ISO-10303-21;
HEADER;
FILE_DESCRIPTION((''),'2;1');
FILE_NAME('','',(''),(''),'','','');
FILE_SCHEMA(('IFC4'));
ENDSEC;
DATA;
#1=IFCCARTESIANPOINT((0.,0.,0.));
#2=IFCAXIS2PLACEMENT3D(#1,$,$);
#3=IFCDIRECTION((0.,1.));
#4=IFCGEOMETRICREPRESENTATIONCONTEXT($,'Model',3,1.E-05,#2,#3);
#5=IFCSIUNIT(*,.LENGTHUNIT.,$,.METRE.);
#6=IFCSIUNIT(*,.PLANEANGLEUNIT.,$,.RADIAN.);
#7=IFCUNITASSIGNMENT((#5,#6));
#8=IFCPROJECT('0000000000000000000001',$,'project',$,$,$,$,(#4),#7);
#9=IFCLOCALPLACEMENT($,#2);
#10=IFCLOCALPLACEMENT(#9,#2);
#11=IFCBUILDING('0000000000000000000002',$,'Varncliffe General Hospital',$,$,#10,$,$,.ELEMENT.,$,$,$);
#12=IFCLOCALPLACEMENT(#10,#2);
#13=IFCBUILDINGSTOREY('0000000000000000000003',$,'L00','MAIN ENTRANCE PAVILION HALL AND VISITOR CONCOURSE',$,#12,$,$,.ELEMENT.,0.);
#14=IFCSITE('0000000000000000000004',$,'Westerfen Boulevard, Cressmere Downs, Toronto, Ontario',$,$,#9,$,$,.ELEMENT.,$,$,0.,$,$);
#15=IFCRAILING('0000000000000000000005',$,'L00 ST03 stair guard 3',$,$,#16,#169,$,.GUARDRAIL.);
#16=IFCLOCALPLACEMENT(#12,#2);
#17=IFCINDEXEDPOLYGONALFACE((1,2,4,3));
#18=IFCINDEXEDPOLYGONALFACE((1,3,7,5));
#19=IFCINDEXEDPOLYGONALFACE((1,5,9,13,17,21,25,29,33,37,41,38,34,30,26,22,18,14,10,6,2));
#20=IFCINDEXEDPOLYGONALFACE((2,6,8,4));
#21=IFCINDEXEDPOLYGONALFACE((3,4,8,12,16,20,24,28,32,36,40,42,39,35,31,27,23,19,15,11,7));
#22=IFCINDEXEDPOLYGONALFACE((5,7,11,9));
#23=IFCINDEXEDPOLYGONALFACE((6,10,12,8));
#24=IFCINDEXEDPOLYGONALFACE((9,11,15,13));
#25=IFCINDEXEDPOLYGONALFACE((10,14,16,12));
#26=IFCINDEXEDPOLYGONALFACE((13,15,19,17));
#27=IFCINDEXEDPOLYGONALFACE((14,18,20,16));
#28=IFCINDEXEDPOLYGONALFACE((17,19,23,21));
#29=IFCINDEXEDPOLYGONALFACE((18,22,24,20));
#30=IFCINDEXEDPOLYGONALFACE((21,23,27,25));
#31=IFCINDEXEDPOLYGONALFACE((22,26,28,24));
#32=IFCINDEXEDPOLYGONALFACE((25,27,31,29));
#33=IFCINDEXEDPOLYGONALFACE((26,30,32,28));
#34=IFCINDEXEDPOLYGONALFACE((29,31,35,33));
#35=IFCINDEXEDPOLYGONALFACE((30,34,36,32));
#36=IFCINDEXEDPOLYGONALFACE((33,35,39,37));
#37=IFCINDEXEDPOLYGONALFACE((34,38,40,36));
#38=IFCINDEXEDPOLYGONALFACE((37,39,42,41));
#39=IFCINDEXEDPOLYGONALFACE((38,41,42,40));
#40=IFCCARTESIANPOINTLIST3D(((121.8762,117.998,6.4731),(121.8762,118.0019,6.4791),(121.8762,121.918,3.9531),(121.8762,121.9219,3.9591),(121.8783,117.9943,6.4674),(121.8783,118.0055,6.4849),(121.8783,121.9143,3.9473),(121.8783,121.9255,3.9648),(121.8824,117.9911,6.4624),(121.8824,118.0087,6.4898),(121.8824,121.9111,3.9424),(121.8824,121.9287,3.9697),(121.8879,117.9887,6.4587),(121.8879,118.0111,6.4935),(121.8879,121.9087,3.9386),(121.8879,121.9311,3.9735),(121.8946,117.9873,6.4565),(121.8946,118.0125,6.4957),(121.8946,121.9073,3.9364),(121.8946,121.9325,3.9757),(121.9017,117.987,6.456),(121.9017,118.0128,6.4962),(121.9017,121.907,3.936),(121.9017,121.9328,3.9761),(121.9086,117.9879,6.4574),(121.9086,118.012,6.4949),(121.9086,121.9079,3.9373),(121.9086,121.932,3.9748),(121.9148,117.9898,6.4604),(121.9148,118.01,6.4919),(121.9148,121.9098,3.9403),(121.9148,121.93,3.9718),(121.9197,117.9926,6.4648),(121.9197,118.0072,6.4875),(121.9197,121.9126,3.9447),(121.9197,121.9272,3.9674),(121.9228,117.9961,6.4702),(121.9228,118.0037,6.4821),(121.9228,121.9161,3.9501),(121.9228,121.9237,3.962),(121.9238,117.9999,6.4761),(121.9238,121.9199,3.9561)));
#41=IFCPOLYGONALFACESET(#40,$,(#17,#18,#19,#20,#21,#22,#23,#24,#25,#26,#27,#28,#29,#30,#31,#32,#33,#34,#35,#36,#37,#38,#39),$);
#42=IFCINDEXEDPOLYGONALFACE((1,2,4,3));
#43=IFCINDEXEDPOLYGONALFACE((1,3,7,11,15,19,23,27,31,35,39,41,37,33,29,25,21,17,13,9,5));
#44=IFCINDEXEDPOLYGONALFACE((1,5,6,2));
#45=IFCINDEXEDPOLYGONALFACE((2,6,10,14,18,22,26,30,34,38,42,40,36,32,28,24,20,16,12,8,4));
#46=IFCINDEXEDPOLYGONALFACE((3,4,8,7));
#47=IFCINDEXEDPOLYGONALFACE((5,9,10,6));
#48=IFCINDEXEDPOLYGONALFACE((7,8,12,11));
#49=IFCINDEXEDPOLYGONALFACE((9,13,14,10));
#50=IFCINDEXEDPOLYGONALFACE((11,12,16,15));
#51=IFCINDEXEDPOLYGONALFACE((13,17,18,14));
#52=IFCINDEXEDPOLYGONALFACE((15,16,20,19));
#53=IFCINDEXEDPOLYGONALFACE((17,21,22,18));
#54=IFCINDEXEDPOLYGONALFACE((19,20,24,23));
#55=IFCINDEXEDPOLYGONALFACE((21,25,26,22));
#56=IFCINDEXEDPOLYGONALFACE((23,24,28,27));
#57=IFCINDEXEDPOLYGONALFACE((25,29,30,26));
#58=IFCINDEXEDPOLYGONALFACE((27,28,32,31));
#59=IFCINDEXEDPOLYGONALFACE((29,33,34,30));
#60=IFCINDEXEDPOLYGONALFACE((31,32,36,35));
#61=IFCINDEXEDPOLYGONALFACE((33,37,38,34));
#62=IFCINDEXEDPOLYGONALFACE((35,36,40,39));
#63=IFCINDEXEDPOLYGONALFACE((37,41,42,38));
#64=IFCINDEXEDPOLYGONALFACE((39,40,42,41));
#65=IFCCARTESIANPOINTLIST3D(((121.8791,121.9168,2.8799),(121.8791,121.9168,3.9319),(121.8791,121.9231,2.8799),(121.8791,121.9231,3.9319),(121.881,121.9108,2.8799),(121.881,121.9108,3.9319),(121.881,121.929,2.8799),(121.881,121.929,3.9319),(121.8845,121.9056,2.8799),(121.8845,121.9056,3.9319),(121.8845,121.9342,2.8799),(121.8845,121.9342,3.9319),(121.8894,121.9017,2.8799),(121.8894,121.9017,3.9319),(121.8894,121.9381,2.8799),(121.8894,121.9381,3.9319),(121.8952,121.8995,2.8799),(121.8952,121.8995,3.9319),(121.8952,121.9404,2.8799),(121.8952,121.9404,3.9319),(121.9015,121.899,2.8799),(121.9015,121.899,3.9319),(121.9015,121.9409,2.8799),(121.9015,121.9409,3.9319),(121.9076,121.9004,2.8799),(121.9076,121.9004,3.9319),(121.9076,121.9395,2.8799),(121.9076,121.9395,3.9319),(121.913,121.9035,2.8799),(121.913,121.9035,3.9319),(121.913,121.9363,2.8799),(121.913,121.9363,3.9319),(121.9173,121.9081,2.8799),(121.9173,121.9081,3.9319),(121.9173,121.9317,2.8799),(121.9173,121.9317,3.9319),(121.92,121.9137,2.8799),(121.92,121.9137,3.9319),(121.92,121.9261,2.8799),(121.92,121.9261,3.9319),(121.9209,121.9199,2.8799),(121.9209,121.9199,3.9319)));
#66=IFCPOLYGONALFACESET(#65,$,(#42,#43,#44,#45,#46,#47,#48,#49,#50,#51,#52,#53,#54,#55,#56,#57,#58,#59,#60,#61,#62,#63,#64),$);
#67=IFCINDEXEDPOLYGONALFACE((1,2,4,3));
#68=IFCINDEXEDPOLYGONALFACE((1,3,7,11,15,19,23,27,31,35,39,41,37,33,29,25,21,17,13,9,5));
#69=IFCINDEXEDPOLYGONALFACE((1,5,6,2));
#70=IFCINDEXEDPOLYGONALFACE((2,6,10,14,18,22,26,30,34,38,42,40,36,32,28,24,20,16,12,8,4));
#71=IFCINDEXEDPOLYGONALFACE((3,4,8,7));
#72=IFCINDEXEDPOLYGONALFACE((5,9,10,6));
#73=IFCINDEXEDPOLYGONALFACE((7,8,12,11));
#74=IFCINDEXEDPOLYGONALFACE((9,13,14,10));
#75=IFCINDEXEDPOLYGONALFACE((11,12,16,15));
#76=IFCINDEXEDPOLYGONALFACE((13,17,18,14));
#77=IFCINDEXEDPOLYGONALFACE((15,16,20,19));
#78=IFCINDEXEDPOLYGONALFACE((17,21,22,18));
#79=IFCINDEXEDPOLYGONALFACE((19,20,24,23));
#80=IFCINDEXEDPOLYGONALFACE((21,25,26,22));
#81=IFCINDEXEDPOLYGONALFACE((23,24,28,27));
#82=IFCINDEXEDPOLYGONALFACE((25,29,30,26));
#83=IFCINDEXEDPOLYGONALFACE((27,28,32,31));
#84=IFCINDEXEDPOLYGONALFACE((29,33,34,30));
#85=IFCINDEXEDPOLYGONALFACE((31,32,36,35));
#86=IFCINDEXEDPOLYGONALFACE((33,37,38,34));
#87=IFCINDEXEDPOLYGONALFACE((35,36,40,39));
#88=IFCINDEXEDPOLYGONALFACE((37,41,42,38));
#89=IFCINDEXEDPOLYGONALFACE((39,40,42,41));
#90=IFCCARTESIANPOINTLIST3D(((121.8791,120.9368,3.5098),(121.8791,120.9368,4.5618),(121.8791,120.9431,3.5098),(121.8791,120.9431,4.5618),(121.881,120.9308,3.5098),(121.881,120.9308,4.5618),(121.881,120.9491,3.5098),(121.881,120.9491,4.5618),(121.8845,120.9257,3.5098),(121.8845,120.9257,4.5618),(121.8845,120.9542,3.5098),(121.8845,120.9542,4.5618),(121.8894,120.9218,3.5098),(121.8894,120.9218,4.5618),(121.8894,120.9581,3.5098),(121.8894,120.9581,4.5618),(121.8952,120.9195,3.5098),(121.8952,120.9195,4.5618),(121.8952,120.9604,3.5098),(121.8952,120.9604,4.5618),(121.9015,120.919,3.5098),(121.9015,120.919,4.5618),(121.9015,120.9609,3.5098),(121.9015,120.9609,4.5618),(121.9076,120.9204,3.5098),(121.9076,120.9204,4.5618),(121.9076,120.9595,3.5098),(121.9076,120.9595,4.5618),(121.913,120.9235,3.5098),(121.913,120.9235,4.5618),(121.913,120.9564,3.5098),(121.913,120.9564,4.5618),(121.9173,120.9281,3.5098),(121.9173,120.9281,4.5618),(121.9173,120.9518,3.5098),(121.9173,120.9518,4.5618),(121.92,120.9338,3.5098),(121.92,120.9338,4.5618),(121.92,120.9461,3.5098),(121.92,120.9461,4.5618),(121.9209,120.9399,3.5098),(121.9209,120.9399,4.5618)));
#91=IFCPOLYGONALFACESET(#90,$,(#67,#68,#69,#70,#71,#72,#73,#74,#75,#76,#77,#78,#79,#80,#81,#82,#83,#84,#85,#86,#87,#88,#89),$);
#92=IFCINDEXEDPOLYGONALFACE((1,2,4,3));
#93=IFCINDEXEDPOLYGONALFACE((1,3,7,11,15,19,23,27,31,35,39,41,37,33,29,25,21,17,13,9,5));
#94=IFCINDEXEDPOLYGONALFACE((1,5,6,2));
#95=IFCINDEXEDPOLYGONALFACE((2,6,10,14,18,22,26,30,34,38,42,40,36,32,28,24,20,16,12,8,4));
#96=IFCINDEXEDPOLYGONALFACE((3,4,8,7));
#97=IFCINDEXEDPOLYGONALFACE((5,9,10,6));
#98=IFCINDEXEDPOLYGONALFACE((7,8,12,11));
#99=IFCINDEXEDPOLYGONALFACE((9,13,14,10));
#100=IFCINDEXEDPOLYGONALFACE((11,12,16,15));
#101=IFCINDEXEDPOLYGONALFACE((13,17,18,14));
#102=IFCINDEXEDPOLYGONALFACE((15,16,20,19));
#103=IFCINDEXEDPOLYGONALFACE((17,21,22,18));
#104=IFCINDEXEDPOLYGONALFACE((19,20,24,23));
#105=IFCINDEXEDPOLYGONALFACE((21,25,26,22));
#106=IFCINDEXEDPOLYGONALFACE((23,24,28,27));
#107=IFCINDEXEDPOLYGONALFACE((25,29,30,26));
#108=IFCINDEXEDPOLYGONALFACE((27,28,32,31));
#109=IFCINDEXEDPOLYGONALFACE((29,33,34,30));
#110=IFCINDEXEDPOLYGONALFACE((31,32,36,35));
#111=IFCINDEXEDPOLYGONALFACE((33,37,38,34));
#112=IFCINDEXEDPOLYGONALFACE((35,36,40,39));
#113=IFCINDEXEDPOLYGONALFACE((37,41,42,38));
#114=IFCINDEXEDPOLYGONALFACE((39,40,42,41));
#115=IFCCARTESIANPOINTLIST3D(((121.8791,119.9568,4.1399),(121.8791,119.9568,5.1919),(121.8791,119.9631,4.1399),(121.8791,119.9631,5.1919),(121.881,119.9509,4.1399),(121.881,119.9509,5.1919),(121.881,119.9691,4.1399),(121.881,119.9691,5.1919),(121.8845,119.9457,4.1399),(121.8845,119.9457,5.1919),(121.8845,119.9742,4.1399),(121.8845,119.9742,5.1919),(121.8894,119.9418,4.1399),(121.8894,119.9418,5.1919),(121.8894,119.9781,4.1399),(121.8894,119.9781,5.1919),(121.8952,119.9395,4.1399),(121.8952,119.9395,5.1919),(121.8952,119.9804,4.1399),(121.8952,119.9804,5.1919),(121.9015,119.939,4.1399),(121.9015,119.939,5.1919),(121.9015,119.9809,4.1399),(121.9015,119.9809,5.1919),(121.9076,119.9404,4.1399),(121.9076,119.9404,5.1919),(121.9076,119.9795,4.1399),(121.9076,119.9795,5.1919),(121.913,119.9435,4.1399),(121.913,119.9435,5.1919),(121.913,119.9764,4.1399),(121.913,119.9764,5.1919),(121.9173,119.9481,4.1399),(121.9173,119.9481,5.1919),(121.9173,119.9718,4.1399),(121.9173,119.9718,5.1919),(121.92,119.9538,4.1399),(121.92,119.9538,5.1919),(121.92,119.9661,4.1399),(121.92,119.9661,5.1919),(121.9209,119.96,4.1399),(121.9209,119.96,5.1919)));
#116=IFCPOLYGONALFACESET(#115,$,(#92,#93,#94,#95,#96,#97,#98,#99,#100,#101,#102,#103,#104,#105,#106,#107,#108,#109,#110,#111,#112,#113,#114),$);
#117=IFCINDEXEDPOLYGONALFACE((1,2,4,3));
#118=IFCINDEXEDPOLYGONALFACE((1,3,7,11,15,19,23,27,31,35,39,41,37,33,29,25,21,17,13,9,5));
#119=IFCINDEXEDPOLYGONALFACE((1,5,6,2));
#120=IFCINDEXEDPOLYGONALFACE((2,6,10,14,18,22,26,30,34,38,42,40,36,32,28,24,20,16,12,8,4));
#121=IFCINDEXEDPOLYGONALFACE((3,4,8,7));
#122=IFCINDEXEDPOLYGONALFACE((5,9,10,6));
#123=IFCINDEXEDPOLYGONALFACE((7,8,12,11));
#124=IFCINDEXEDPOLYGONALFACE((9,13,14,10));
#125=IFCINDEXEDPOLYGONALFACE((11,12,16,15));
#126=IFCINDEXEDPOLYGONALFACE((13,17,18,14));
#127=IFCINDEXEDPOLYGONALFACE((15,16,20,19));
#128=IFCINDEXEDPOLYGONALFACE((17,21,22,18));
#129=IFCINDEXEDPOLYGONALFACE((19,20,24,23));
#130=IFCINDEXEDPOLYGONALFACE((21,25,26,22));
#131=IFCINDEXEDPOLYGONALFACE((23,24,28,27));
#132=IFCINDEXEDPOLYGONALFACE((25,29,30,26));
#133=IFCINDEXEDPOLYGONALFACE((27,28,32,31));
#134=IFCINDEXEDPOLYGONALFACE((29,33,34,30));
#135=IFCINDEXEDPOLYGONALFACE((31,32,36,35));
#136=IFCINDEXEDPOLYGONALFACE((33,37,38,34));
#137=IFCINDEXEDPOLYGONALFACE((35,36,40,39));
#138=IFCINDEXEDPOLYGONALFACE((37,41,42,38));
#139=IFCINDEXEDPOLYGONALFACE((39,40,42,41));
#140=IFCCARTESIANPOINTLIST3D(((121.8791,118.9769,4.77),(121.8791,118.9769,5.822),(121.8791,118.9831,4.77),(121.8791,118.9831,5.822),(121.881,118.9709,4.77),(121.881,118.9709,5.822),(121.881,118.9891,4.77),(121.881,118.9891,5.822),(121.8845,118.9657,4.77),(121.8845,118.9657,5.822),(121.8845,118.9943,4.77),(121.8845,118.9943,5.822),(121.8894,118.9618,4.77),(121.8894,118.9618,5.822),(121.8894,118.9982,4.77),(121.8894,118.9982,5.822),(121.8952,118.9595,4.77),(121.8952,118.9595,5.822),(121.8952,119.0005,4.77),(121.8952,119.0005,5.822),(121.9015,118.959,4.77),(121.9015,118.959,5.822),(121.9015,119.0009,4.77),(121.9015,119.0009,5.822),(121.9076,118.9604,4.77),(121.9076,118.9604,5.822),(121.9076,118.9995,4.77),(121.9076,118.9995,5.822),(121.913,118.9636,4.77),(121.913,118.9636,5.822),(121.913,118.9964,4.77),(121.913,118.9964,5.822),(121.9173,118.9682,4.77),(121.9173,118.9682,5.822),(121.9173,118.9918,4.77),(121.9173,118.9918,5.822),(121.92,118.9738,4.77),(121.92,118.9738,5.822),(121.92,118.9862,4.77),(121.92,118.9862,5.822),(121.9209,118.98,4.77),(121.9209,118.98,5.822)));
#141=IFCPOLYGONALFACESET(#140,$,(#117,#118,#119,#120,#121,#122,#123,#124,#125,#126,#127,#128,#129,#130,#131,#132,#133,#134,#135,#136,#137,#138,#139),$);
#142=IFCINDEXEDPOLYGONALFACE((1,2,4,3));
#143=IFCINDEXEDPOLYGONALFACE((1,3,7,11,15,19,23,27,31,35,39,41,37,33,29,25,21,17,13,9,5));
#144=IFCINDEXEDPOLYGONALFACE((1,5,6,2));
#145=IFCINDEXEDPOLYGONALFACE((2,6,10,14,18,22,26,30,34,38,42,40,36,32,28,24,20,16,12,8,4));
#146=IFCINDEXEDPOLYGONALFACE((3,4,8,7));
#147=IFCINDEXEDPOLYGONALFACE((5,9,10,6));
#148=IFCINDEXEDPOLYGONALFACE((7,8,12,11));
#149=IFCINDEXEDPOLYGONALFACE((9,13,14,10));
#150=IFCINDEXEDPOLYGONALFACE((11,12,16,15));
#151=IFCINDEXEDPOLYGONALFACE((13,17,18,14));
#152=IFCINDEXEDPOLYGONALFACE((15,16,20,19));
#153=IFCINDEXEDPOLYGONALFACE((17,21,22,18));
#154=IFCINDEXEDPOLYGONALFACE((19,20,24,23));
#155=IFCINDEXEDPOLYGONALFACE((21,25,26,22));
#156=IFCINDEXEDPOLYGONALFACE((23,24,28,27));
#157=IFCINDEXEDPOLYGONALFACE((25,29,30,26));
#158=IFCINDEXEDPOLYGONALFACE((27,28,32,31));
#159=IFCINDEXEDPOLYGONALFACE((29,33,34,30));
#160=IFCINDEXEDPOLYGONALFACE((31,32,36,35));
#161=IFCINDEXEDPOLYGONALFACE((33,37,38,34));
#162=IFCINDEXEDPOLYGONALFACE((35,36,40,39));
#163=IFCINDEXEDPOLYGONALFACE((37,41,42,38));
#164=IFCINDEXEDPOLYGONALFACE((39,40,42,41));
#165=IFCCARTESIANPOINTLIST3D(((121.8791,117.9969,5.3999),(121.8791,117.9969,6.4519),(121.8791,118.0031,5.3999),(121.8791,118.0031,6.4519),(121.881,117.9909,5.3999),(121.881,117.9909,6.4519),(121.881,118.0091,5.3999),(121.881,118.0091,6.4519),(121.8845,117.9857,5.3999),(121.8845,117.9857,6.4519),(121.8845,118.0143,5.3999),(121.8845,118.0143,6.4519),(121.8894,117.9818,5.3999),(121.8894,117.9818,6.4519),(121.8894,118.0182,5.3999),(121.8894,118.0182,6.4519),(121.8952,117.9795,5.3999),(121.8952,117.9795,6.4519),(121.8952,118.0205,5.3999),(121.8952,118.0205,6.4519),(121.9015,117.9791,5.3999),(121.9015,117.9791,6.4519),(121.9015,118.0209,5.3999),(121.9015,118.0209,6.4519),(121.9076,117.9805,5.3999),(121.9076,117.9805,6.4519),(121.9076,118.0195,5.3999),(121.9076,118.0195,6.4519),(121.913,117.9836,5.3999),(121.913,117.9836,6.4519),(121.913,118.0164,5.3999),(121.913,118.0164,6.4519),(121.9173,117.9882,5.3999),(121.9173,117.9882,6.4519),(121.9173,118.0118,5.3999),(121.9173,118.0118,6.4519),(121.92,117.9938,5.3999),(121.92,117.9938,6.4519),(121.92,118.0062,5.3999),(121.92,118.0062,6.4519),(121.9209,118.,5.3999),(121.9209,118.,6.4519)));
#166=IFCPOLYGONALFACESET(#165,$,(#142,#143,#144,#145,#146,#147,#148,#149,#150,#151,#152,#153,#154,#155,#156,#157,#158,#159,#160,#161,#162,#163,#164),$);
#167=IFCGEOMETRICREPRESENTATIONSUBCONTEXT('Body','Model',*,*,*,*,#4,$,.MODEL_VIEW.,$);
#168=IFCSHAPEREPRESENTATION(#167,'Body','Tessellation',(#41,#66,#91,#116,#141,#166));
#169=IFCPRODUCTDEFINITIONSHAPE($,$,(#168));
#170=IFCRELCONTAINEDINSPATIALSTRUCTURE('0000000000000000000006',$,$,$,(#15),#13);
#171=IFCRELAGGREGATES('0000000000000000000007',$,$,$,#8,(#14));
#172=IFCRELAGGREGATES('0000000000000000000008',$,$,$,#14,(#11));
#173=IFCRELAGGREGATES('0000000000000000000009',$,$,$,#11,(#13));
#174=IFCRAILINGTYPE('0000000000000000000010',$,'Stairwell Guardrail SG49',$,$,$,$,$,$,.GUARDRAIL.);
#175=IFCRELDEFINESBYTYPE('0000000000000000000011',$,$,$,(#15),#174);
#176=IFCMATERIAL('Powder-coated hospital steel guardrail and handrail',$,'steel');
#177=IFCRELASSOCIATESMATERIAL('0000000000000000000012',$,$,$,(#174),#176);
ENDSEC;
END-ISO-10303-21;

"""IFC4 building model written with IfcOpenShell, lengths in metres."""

from ifc_helpers import new_model, si_unit, direction, frame, origin, origin_2d, place, context, subcontext, project, spatial, circle, extrude, material, type_object, element, save


model = new_model("IFC4")

# Units and contexts
model_context = context("Model", 3, precision=1e-05, world=origin(), true_north=direction((0.0, 1.0)))
body_context = subcontext(model_context, "Body", "Model", "MODEL_VIEW")
ifc_project = project(units=[si_unit("LENGTHUNIT", "METRE"), si_unit("PLANEANGLEUNIT", "RADIAN")], contexts=[model_context])

# Site, building, storey
site_placement = place(None, origin())
site = spatial("IfcSite", under=ifc_project, at=site_placement, Name="Westerfen Boulevard, Cressmere Downs, Toronto, Ontario", CompositionType="ELEMENT", RefElevation=0.0)
building_placement = place(site_placement, origin())
building = spatial("IfcBuilding", under=site, at=building_placement, Name="Varncliffe General Hospital", CompositionType="ELEMENT")
storey_placement = place(building_placement, origin())
storey = spatial("IfcBuildingStorey", under=building, at=storey_placement, Name="L00", Description="MAIN ENTRANCE PAVILION HALL AND VISITOR CONCOURSE", CompositionType="ELEMENT", Elevation=0.0)

# Railing
ifc_material_1 = material(Name="Powder-coated hospital steel guardrail and handrail", Category="steel")
railing_type_1 = type_object("IfcRailingType", Name="Stairwell Guardrail SG49", PredefinedType="GUARDRAIL", material=ifc_material_1)
railing_1_placement = place(storey_placement, frame((121.8999, 121.9199, 2.8799)))
element("IfcRailing", 1, at=railing_1_placement, inside=storey, type_object=railing_type_1, Name="L00 ST03 stair guard 3", PredefinedType="GUARDRAIL", context=body_context, shape_type="SweptSolid", body=[
    extrude(circle(Radius=0.0239, at=origin_2d()), frame((0.0, 0.0, 1.0762), z_axis=(0.0, -0.841172, 0.540768), x_axis=(1.0, 0.0, 0.0)), (0.0, 0.0, 1.0), 4.6602),
    extrude(circle(Radius=0.021, at=origin_2d()), origin(), (0.0, 0.0, 1.0), 1.052),
    extrude(circle(Radius=0.021, at=origin_2d()), frame((0.0, -0.98, 0.6299)), (0.0, 0.0, 1.0), 1.052),
    extrude(circle(Radius=0.021, at=origin_2d()), frame((0.0, -1.96, 1.26)), (0.0, 0.0, 1.0), 1.052),
    extrude(circle(Radius=0.021, at=origin_2d()), frame((0.0, -2.9399, 1.8901)), (0.0, 0.0, 1.0), 1.052),
    extrude(circle(Radius=0.021, at=origin_2d()), frame((0.0, -3.9199, 2.52)), (0.0, 0.0, 1.0), 1.052),
])

save(model, "model.ifc")
